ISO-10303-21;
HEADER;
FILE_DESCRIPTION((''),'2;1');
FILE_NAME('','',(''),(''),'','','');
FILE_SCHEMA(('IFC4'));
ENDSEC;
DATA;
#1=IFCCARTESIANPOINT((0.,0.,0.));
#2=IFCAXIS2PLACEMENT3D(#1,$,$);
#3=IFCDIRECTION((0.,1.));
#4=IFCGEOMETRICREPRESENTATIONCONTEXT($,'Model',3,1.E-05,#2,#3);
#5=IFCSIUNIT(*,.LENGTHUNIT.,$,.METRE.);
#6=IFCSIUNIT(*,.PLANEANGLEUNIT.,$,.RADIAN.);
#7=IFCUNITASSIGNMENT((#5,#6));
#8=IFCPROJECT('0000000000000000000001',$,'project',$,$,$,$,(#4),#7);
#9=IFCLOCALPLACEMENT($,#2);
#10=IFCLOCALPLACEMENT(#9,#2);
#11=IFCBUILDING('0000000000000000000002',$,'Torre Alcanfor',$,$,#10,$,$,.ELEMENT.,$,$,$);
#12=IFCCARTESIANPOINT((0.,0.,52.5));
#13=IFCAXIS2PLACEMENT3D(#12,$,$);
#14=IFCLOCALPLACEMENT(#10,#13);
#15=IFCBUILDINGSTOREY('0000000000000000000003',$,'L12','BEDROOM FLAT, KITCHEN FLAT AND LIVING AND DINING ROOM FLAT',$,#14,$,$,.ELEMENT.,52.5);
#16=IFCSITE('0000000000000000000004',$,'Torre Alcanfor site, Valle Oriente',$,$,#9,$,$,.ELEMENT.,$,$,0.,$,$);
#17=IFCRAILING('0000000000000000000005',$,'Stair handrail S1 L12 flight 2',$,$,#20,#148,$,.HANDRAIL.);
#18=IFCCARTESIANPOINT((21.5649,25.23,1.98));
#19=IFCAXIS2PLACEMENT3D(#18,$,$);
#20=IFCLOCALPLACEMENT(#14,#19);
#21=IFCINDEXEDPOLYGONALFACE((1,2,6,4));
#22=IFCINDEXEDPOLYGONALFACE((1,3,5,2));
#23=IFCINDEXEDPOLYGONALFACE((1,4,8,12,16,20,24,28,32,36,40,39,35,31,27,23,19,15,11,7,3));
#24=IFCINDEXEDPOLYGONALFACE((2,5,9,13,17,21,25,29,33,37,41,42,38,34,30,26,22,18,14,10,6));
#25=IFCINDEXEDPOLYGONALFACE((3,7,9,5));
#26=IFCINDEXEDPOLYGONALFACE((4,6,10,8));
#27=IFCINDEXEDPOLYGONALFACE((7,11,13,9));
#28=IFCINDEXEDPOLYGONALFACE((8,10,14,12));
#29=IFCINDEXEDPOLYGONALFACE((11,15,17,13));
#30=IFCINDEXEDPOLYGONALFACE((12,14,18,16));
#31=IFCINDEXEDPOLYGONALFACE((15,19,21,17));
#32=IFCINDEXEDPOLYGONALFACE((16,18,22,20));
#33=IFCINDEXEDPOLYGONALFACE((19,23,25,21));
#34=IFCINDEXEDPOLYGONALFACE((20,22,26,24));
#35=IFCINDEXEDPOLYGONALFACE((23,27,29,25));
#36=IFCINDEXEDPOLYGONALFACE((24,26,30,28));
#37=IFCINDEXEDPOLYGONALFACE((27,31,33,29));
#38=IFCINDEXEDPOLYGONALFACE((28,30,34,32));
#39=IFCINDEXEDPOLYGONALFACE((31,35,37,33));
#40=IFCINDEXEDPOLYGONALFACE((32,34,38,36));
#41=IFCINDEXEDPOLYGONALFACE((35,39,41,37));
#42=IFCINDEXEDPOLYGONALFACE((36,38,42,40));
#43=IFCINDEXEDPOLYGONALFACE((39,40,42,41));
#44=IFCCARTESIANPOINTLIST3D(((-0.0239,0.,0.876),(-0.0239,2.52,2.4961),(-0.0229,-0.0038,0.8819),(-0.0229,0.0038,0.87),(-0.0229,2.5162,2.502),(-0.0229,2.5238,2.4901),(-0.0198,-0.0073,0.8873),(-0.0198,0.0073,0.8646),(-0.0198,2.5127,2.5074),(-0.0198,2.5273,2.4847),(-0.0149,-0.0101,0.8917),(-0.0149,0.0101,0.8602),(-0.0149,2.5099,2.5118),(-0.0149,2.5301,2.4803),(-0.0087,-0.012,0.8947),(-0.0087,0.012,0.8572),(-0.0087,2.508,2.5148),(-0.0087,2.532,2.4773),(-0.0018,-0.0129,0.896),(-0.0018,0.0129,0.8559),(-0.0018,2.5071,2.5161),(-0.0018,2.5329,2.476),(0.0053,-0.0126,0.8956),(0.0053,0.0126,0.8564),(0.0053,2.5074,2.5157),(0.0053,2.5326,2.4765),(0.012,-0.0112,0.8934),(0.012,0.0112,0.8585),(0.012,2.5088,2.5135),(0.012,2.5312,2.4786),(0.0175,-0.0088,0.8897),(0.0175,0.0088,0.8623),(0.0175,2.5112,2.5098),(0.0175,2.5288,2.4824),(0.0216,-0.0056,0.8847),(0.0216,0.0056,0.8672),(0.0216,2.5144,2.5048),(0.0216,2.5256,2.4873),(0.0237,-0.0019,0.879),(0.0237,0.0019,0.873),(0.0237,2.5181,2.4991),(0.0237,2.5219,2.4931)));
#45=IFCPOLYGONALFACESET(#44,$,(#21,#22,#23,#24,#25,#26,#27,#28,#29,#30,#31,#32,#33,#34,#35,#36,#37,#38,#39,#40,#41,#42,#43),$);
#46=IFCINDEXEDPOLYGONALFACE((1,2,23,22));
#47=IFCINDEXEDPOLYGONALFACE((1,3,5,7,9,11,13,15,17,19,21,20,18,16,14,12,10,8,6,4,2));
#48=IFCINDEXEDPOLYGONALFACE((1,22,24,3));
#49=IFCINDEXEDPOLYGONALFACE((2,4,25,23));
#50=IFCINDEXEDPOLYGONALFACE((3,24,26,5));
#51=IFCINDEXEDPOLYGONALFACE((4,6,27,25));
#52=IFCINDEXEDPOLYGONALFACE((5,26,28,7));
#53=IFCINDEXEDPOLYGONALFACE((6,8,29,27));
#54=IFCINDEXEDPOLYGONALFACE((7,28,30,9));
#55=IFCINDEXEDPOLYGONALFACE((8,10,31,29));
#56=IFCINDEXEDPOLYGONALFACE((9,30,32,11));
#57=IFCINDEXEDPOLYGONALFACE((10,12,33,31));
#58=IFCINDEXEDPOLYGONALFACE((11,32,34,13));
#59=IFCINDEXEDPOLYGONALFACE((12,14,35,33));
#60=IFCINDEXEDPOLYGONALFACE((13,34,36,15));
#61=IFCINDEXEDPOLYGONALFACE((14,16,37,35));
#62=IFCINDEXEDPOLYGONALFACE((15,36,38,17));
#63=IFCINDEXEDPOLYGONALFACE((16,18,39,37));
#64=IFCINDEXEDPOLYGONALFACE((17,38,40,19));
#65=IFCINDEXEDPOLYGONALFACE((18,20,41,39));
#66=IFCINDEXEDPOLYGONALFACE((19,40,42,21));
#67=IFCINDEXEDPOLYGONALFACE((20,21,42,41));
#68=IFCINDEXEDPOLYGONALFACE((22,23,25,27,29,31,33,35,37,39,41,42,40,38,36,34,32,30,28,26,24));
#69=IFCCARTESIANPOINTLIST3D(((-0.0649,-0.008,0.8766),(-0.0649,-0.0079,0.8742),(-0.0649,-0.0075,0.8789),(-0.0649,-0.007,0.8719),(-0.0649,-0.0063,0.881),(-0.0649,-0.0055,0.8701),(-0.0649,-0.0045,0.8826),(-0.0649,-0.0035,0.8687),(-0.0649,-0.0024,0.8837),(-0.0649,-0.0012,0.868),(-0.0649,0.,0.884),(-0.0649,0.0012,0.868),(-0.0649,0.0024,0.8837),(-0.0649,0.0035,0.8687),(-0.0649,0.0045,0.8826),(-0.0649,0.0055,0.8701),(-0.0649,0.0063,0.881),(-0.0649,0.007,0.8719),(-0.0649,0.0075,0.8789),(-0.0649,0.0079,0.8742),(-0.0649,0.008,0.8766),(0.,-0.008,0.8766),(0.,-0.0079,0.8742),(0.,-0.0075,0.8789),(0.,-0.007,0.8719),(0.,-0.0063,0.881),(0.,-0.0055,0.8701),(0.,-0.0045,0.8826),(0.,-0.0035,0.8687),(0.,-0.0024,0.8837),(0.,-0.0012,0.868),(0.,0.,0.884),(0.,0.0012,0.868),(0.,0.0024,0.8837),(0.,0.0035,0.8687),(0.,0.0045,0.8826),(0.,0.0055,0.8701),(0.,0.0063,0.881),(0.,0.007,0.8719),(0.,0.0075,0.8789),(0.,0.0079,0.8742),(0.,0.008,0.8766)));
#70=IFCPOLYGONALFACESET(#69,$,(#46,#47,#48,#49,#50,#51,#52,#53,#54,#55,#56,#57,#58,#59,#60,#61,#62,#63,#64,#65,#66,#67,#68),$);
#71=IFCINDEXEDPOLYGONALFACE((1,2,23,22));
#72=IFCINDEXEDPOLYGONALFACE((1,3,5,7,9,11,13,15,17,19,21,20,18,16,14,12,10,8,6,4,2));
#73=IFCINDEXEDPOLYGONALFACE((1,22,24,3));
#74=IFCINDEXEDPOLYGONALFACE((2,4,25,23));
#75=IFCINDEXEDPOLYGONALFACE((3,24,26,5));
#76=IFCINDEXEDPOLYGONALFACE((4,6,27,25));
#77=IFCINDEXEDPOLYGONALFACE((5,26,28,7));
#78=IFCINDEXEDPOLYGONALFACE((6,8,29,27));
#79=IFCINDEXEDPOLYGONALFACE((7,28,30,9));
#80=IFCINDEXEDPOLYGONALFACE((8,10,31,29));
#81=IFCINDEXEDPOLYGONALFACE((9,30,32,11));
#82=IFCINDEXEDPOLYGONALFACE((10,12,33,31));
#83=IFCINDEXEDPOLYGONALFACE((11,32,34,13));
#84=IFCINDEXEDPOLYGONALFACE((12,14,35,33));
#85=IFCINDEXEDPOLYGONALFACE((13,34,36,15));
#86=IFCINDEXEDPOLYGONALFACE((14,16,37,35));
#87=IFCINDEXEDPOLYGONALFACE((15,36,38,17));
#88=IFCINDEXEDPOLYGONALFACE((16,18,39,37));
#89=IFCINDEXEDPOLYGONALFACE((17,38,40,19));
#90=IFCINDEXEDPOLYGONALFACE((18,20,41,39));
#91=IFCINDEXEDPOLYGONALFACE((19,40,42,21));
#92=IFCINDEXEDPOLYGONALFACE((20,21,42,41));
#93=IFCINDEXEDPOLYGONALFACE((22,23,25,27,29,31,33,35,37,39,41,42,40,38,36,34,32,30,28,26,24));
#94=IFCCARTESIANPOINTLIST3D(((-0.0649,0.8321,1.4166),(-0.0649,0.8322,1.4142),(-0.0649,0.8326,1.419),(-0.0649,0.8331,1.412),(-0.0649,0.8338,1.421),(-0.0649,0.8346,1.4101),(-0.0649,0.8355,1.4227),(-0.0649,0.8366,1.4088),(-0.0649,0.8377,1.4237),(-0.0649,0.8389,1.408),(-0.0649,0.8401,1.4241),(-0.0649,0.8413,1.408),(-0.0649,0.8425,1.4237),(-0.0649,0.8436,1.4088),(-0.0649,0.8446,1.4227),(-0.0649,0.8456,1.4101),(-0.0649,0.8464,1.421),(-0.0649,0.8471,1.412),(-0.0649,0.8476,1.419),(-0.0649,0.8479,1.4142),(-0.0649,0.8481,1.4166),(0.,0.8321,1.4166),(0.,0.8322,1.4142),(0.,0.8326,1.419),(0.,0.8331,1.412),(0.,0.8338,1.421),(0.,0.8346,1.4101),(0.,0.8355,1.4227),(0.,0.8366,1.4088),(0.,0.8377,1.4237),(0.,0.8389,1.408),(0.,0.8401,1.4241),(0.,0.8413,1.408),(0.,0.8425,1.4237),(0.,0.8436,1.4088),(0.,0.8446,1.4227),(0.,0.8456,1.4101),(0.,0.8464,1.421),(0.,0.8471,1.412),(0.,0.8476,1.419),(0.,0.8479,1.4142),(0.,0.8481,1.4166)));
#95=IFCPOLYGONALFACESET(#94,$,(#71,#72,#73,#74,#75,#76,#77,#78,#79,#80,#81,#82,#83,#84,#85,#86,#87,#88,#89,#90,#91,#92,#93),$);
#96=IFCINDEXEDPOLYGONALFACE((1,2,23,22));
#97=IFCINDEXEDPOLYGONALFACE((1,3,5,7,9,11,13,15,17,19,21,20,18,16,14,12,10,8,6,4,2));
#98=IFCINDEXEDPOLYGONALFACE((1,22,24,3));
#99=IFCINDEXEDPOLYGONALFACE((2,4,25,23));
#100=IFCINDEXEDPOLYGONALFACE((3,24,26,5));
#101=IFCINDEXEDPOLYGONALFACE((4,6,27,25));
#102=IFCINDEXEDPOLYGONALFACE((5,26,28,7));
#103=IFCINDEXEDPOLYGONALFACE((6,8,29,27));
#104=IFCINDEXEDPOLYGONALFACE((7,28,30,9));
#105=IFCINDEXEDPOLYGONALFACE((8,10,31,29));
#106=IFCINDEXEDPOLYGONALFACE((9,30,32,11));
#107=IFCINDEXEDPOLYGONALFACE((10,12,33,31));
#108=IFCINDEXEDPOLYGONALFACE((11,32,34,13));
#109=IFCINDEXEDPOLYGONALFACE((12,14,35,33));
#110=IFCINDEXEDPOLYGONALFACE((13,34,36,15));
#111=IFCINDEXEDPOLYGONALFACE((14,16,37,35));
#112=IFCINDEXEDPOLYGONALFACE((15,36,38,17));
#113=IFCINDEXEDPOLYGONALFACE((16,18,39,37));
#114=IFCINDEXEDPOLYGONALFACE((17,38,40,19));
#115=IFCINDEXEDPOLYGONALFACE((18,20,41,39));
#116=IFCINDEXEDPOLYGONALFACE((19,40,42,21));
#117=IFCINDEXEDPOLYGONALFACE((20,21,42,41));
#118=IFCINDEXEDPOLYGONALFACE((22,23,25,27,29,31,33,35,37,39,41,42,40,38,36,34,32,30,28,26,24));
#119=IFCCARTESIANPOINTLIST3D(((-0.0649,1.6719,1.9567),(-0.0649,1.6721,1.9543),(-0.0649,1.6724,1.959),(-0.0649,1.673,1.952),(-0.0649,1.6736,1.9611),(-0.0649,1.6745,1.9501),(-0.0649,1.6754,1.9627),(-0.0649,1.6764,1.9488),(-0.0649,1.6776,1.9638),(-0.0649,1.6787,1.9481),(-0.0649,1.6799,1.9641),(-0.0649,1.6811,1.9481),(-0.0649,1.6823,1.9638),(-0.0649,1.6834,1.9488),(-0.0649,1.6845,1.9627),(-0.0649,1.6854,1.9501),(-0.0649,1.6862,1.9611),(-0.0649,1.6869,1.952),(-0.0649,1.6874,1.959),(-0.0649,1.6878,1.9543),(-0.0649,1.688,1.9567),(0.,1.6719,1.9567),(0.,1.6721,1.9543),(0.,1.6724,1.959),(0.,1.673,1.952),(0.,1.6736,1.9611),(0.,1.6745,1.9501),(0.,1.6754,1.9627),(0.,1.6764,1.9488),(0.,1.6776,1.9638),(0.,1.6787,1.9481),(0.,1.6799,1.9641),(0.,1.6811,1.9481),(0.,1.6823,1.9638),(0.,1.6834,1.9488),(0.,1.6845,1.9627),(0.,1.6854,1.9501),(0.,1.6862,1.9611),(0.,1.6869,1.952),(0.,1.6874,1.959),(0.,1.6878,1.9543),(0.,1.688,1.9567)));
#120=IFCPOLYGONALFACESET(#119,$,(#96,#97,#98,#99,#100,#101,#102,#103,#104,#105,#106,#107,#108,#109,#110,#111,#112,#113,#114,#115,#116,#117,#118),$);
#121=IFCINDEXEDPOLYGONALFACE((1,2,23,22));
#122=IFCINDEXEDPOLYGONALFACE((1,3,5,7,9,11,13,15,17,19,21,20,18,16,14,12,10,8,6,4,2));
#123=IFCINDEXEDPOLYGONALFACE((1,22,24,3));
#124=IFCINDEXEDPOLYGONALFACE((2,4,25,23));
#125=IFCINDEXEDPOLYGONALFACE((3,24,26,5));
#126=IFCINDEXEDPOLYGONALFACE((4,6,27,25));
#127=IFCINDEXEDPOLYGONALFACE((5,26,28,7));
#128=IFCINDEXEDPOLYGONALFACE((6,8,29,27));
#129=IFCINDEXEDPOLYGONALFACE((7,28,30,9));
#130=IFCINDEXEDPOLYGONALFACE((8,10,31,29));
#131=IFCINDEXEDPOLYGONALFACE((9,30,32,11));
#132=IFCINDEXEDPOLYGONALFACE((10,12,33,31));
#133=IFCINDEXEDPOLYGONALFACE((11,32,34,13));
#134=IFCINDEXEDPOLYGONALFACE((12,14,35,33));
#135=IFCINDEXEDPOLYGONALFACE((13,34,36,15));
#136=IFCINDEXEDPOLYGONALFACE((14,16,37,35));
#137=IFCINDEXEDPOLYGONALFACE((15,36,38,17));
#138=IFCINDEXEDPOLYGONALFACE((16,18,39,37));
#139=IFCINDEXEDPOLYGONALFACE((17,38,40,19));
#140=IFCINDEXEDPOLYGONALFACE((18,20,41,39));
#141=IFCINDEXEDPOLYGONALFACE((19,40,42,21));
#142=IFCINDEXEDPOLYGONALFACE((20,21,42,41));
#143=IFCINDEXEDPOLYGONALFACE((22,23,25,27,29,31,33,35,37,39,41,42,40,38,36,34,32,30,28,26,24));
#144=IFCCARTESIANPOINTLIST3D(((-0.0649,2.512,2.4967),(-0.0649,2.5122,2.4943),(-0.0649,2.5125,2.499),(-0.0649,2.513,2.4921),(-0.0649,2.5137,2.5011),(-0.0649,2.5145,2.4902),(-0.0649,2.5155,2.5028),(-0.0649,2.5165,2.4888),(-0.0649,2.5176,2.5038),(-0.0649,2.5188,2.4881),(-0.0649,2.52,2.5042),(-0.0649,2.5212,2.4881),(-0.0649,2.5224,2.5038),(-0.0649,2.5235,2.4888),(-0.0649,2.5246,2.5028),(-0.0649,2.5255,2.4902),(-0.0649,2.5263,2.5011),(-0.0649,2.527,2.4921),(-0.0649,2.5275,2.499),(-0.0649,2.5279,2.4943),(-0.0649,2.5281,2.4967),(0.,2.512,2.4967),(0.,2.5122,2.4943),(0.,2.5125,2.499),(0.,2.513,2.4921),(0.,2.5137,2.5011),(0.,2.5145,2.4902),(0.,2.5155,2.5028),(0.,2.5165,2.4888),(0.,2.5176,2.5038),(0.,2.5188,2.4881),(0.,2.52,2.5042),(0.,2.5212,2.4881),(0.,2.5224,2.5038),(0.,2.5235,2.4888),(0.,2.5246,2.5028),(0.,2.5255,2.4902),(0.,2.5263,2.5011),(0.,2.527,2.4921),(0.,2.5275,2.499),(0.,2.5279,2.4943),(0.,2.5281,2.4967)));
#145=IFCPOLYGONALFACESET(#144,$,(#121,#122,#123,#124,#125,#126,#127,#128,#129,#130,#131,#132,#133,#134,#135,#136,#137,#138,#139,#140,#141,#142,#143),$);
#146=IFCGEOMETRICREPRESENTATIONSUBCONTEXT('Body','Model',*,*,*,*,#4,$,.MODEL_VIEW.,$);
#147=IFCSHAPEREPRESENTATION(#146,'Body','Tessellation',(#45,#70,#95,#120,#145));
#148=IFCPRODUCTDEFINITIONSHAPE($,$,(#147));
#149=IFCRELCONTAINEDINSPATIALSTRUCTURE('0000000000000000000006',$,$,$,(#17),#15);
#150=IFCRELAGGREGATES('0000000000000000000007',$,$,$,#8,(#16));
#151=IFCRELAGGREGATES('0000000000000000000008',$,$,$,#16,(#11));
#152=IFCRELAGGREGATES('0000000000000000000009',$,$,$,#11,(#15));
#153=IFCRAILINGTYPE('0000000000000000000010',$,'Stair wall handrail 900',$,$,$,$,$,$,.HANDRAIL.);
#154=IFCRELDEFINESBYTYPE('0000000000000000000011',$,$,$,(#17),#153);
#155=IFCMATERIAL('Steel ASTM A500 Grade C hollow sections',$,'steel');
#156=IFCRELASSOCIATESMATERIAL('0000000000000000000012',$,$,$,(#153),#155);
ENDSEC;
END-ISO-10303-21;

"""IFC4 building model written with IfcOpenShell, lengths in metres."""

from ifc_helpers import new_model, si_unit, direction, frame, origin, origin_2d, place, context, subcontext, project, spatial, circle, extrude, material, type_object, element, save


model = new_model("IFC4")

# Units and contexts
model_context = context("Model", 3, precision=1e-05, world=origin(), true_north=direction((0.0, 1.0)))
body_context = subcontext(model_context, "Body", "Model", "MODEL_VIEW")
ifc_project = project(units=[si_unit("LENGTHUNIT", "METRE"), si_unit("PLANEANGLEUNIT", "RADIAN")], contexts=[model_context])

# Site, building, storey
site_placement = place(None, origin())
site = spatial("IfcSite", under=ifc_project, at=site_placement, Name="Torre Alcanfor site, Valle Oriente", CompositionType="ELEMENT", RefElevation=0.0)
building_placement = place(site_placement, origin())
building = spatial("IfcBuilding", under=site, at=building_placement, Name="Torre Alcanfor", CompositionType="ELEMENT")
storey_placement = place(building_placement, frame((0.0, 0.0, 52.5)))
storey = spatial("IfcBuildingStorey", under=building, at=storey_placement, Name="L12", Description="BEDROOM FLAT, KITCHEN FLAT AND LIVING AND DINING ROOM FLAT", CompositionType="ELEMENT", Elevation=52.5)

# Railing
ifc_material_1 = material(Name="Steel ASTM A500 Grade C hollow sections", Category="steel")
railing_type_1 = type_object("IfcRailingType", Name="Stair wall handrail 900", PredefinedType="HANDRAIL", material=ifc_material_1)
railing_1_placement = place(storey_placement, frame((21.5649, 25.23, 1.98)))
element("IfcRailing", 1, at=railing_1_placement, inside=storey, type_object=railing_type_1, Name="Stair handrail S1 L12 flight 2", PredefinedType="HANDRAIL", context=body_context, shape_type="SweptSolid", body=[
    extrude(circle(Radius=0.0239, at=origin_2d()), frame((0.0, 0.0, 0.876), z_axis=(0.0, 0.841163, 0.540782), x_axis=(-1.0, 0.0, 0.0)), (0.0, 0.0, 1.0), 2.9958),
    extrude(circle(Radius=0.0081, at=origin_2d()), frame((0.0, 0.0, 0.876), z_axis=(-1.0, 0.0, 0.0), x_axis=(0.0, 0.0, 1.0)), (0.0, 0.0, 1.0), 0.0649),
    extrude(circle(Radius=0.0081, at=origin_2d()), frame((0.0, 0.8401, 1.416), z_axis=(-1.0, 0.0, 0.0), x_axis=(0.0, 0.0, 1.0)), (0.0, 0.0, 1.0), 0.0649),
    extrude(circle(Radius=0.0081, at=origin_2d()), frame((0.0, 1.6799, 1.9561), z_axis=(-1.0, 0.0, 0.0), x_axis=(0.0, 0.0, 1.0)), (0.0, 0.0, 1.0), 0.0649),
    extrude(circle(Radius=0.0081, at=origin_2d()), frame((0.0, 2.52, 2.4961), z_axis=(-1.0, 0.0, 0.0), x_axis=(0.0, 0.0, 1.0)), (0.0, 0.0, 1.0), 0.0649),
])

save(model, "model.ifc")
